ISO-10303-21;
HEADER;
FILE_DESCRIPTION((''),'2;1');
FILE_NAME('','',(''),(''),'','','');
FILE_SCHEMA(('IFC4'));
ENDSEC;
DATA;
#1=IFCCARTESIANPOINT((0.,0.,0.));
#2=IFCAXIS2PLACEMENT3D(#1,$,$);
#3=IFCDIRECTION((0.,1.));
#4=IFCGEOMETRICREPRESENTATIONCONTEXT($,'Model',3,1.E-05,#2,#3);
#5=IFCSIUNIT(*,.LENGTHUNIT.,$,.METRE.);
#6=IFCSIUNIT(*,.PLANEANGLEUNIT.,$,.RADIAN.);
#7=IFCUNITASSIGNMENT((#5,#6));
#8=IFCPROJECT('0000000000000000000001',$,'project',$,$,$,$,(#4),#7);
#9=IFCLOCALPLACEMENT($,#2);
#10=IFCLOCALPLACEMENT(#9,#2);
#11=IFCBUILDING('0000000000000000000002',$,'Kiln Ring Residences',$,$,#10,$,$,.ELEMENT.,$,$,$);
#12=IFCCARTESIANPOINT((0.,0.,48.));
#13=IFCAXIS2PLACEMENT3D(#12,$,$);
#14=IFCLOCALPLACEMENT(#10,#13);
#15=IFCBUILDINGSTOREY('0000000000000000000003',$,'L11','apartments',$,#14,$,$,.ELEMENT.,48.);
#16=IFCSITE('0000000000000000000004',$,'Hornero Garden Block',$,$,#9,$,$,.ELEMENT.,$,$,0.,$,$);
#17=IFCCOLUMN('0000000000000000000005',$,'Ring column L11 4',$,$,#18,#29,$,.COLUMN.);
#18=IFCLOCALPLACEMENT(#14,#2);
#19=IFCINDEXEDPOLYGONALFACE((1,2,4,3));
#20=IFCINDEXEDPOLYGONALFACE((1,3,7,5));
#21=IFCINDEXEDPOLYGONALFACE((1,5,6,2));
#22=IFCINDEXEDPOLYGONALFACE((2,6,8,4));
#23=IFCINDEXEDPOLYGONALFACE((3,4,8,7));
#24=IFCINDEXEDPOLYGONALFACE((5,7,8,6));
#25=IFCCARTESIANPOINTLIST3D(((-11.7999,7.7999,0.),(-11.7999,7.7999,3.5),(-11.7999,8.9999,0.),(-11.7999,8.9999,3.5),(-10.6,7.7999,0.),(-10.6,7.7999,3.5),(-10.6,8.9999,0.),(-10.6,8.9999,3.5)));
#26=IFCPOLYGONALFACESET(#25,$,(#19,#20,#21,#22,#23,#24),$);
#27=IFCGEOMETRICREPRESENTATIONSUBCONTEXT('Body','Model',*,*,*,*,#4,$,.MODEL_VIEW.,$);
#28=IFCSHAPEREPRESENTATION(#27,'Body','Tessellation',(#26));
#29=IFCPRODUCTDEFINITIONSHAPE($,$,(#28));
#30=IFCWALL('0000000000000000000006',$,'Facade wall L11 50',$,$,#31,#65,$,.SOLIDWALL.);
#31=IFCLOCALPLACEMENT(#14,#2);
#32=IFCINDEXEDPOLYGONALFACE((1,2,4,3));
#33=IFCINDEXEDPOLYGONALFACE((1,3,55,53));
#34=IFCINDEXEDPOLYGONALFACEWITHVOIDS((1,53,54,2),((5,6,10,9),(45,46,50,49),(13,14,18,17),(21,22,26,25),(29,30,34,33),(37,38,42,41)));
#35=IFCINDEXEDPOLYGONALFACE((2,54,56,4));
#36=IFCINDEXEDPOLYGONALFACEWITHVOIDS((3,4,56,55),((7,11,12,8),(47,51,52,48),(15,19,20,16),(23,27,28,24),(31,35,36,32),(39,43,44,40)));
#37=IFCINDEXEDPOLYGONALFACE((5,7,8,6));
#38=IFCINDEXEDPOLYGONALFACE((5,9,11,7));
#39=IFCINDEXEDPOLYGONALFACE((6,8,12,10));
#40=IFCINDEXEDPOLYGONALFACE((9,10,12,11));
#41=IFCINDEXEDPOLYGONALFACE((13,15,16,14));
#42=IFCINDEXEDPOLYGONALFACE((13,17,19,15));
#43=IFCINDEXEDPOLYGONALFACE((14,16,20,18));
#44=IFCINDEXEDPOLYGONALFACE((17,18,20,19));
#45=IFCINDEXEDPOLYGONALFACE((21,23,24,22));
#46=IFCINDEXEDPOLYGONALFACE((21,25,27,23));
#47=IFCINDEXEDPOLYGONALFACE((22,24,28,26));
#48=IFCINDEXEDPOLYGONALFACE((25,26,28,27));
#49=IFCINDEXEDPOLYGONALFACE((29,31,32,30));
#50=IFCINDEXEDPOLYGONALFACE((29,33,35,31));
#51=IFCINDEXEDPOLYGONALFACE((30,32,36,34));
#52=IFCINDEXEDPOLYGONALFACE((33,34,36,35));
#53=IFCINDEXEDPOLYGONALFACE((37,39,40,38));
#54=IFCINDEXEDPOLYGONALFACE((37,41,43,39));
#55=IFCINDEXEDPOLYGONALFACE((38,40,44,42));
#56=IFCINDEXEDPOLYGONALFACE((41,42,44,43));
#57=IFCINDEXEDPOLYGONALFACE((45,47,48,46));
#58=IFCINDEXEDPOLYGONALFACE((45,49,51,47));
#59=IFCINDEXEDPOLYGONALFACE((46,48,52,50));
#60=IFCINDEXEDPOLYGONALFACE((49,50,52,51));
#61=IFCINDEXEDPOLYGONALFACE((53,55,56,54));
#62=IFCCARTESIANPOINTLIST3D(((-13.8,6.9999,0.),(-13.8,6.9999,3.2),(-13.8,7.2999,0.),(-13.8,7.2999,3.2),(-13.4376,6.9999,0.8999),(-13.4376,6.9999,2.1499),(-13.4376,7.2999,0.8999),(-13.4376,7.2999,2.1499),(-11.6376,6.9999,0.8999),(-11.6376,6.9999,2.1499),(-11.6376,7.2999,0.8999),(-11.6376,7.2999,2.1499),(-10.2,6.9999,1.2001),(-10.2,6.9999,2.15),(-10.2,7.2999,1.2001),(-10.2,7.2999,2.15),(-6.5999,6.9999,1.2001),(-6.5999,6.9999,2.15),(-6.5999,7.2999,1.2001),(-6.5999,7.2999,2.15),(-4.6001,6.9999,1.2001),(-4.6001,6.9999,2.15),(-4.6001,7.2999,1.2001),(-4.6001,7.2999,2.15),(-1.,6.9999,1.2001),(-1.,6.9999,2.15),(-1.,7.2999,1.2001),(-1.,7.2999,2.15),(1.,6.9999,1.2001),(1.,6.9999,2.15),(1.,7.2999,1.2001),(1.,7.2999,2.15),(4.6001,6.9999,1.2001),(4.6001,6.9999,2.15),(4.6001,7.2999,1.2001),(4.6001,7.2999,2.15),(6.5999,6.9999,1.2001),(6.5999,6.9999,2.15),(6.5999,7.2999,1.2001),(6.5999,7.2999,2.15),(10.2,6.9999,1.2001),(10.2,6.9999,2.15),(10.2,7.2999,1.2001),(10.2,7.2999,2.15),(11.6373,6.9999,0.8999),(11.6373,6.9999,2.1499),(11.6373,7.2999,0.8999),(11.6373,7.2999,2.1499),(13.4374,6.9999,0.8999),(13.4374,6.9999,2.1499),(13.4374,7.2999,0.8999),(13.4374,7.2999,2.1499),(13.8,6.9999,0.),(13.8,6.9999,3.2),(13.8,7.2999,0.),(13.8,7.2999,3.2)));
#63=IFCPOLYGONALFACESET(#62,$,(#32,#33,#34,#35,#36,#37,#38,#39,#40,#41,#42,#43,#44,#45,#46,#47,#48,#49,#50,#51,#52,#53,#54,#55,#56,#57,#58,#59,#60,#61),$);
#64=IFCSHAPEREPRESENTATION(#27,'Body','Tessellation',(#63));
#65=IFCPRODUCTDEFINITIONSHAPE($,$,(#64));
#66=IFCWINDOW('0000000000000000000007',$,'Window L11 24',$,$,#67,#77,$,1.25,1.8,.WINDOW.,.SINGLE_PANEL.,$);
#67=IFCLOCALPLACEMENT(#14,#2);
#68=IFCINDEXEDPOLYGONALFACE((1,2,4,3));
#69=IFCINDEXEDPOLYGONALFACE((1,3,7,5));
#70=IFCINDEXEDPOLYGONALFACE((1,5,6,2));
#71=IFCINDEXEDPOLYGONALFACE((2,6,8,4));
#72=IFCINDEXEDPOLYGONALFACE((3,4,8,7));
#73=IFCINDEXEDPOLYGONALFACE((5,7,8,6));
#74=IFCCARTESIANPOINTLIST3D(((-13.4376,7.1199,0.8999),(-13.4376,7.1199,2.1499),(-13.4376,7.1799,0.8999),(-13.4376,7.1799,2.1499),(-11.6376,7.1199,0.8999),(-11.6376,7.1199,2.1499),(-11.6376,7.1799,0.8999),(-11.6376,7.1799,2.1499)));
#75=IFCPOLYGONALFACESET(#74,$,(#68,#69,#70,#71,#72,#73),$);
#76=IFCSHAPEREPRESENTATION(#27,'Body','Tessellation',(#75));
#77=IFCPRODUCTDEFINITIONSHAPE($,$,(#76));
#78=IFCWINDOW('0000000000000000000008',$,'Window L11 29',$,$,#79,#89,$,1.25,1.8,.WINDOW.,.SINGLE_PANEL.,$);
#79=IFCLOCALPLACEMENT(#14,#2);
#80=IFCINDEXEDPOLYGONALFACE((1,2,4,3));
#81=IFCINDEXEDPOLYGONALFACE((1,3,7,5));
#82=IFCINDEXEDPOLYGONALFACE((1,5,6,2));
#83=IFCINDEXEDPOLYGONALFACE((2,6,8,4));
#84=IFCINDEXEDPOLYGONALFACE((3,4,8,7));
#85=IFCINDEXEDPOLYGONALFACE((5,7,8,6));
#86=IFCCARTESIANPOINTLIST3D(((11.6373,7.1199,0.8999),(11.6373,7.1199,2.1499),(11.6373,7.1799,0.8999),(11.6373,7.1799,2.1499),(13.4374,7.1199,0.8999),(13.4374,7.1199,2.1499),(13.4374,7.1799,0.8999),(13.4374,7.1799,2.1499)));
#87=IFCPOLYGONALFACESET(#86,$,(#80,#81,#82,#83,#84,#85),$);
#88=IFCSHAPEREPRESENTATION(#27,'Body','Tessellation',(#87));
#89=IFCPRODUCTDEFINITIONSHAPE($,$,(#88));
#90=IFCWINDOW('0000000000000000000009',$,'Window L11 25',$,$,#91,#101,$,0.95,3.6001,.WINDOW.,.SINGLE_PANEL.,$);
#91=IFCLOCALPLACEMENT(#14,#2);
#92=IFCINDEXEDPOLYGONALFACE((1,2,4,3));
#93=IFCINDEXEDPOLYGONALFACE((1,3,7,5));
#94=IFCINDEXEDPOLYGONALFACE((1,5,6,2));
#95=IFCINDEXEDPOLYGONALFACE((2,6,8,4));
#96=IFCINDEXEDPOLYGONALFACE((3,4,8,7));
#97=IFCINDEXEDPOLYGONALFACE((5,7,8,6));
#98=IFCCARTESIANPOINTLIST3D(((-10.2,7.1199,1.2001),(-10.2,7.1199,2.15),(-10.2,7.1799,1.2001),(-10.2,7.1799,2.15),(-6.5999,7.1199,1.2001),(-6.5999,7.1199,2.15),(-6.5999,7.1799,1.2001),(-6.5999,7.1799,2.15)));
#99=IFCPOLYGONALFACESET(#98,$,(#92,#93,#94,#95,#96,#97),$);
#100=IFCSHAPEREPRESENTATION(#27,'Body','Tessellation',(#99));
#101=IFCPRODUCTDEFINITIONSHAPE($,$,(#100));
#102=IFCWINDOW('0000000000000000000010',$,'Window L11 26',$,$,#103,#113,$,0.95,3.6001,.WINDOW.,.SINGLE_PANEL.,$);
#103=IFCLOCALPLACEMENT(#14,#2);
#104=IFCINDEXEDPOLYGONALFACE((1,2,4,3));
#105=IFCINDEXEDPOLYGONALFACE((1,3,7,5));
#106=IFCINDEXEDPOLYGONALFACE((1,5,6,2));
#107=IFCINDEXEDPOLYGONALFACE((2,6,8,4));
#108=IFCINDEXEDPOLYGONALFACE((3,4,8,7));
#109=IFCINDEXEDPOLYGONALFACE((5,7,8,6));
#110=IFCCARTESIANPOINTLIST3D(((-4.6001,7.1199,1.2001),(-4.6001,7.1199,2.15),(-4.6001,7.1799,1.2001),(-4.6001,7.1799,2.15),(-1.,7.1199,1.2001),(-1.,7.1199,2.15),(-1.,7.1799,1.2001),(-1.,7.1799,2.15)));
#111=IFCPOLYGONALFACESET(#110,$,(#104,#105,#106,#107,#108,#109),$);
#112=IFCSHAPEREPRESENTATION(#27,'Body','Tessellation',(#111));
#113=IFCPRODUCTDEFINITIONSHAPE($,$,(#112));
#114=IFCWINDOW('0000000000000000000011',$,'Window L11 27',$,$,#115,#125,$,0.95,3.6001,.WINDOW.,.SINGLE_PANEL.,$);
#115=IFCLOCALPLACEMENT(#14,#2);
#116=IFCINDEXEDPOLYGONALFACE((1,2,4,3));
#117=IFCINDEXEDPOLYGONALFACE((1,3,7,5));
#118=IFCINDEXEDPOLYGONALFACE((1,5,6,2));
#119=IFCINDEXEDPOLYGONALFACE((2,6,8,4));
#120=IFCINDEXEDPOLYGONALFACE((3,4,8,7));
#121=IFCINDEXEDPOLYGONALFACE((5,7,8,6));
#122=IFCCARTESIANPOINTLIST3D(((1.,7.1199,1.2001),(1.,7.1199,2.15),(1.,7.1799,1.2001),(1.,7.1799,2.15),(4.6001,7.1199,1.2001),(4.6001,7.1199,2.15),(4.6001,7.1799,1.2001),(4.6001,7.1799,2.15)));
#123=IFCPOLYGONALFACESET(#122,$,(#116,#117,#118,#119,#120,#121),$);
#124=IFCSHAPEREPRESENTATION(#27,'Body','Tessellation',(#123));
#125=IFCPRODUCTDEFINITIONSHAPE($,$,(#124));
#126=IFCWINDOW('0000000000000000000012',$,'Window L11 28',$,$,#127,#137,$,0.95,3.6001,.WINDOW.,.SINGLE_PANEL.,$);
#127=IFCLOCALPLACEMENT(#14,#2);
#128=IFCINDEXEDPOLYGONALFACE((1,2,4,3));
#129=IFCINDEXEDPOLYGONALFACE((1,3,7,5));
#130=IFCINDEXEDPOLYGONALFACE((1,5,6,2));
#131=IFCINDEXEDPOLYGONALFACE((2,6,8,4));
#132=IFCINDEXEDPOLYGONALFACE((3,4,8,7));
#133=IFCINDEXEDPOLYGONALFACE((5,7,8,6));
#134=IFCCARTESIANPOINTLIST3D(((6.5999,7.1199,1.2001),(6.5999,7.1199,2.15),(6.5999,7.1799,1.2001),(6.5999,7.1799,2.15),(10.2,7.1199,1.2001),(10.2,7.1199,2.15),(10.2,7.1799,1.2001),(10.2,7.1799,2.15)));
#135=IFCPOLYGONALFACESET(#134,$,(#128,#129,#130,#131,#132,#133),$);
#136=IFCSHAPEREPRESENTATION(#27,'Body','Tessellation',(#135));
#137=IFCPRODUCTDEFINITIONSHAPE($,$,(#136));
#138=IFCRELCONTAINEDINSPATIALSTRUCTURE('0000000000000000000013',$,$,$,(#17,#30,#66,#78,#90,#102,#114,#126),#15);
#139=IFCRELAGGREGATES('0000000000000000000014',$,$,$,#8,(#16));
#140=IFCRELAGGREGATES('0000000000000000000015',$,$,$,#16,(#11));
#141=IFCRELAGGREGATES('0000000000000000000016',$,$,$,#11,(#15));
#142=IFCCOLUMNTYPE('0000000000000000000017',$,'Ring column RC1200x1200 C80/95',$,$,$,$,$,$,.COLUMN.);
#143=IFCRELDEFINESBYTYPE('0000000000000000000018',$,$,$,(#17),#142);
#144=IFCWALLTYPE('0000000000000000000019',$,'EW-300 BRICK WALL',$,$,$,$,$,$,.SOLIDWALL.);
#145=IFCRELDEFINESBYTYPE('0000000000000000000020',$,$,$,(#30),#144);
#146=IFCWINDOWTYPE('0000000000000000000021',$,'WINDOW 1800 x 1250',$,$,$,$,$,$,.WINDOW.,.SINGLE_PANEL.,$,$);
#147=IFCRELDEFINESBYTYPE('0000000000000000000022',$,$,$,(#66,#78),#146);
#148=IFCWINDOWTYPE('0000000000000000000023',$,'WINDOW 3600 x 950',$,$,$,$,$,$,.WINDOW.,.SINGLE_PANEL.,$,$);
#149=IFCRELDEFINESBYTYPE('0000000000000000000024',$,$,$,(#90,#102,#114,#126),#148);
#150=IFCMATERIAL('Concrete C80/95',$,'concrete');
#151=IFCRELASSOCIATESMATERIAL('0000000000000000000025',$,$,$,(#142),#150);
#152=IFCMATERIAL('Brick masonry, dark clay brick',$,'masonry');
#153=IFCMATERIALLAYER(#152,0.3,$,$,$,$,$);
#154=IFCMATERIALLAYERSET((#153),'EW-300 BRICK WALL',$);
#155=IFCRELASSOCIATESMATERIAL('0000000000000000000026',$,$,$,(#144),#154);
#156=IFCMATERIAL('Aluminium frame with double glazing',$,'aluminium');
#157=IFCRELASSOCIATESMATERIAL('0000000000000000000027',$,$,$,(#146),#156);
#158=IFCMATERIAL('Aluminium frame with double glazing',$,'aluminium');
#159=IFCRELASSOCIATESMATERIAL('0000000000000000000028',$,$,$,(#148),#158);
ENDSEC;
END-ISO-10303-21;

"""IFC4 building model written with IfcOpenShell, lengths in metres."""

from ifc_helpers import new_model, si_unit, direction, frame, frame_2d, origin, origin_2d, place, context, subcontext, project, spatial, rectangle, extrude, material, layer, layer_set, material_profile, profile_set, type_object, element, fill, save


model = new_model("IFC4")

# Units and contexts
model_context = context("Model", 3, precision=1e-05, world=origin(), true_north=direction((0.0, 1.0)))
body_context = subcontext(model_context, "Body", "Model", "MODEL_VIEW")
ifc_project = project(units=[si_unit("LENGTHUNIT", "METRE"), si_unit("PLANEANGLEUNIT", "RADIAN")], contexts=[model_context])

# Site, building, storey
site_placement = place(None, origin())
site = spatial("IfcSite", under=ifc_project, at=site_placement, Name="Hornero Garden Block", CompositionType="ELEMENT", RefElevation=0.0)
building_placement = place(site_placement, origin())
building = spatial("IfcBuilding", under=site, at=building_placement, Name="Kiln Ring Residences", CompositionType="ELEMENT")
storey_placement = place(building_placement, frame((0.0, 0.0, 48.0)))
storey = spatial("IfcBuildingStorey", under=building, at=storey_placement, Name="L11", Description="apartments", CompositionType="ELEMENT", Elevation=48.0)

# Column
ifc_material_1 = material(Name="Concrete C80/95", Category="concrete")
ifc_material_profile = material_profile(ifc_material_1, rectangle(XDim=1.2, YDim=1.2, at=origin_2d()), Name="RC1200x1200")
ifc_profile_set = profile_set([ifc_material_profile], Name="Concrete C80/95")
column_type = type_object("IfcColumnType", Name="Ring column RC1200x1200 C80/95", PredefinedType="COLUMN", material=ifc_profile_set)
column_placement = place(storey_placement, frame((-11.2, 8.3999, 0.0), z_axis=(0.0, 0.0, 1.0), x_axis=(1.0, 0.0, 0.0)))
element("IfcColumn", 1, at=column_placement, inside=storey, type_object=column_type, Name="Ring column L11 4", PredefinedType="COLUMN", context=body_context, shape_type="SweptSolid", body=[
    extrude(rectangle(XDim=1.2, YDim=1.2, at=origin_2d()), origin(), (0.0, 0.0, 1.0), 3.5),
])

# Wall, openings, windows
ifc_material_2 = material(Name="Brick masonry, dark clay brick", Category="masonry")
ifc_layer_1 = layer(ifc_material_2, 0.3)
ifc_layer_set_1 = layer_set([ifc_layer_1], Name="EW-300 BRICK WALL")
wall_type_1 = type_object("IfcWallType", Name="EW-300 BRICK WALL", PredefinedType="SOLIDWALL", material=ifc_layer_set_1)
wall_1_placement = place(storey_placement, frame((-13.8, 7.1499, 0.0), z_axis=(0.0, 0.0, 1.0), x_axis=(1.0, 0.0, 0.0)))
wall_1 = element("IfcWall", 2, at=wall_1_placement, inside=storey, type_object=wall_type_1, Name="Facade wall L11 50", PredefinedType="SOLIDWALL", context=body_context, shape_type="SweptSolid", body=[
    extrude(rectangle(XDim=27.6001, YDim=0.3, at=frame_2d((13.8, 0.0))), origin(), (0.0, 0.0, 1.0), 3.2),
])
opening_1_placement = place(wall_1_placement, frame((0.3625, 0.0, 0.8999)))
opening_1 = element("IfcOpeningElement", 3, at=opening_1_placement, cuts=wall_1, PredefinedType="OPENING", context=body_context, shape_type="SweptSolid", body=[
    extrude(rectangle(XDim=1.8, YDim=1.25, at=frame_2d((0.8999, 0.625))), frame((0.0, 0.1599, 0.0), z_axis=(0.0, -1.0, 0.0), x_axis=(1.0, 0.0, 0.0)), (0.0, 0.0, 1.0), 0.3201),
])
opening_2_placement = place(wall_1_placement, frame((3.6001, 0.0, 1.2)))
opening_2 = element("IfcOpeningElement", 4, at=opening_2_placement, cuts=wall_1, PredefinedType="OPENING", context=body_context, shape_type="SweptSolid", body=[
    extrude(rectangle(XDim=3.6001, YDim=0.95, at=frame_2d((1.8, 0.4751))), frame((0.0, 0.1599, 0.0), z_axis=(0.0, -1.0, 0.0), x_axis=(1.0, 0.0, 0.0)), (0.0, 0.0, 1.0), 0.3201),
])
opening_3_placement = place(wall_1_placement, frame((9.2, 0.0, 1.2)))
opening_3 = element("IfcOpeningElement", 5, at=opening_3_placement, cuts=wall_1, PredefinedType="OPENING", context=body_context, shape_type="SweptSolid", body=[
    extrude(rectangle(XDim=3.6001, YDim=0.95, at=frame_2d((1.8, 0.4751))), frame((0.0, 0.1599, 0.0), z_axis=(0.0, -1.0, 0.0), x_axis=(1.0, 0.0, 0.0)), (0.0, 0.0, 1.0), 0.3201),
])
opening_4_placement = place(wall_1_placement, frame((14.8, 0.0, 1.2)))
opening_4 = element("IfcOpeningElement", 6, at=opening_4_placement, cuts=wall_1, PredefinedType="OPENING", context=body_context, shape_type="SweptSolid", body=[
    extrude(rectangle(XDim=3.6001, YDim=0.95, at=frame_2d((1.8, 0.4751))), frame((0.0, 0.1599, 0.0), z_axis=(0.0, -1.0, 0.0), x_axis=(1.0, 0.0, 0.0)), (0.0, 0.0, 1.0), 0.3201),
])
opening_5_placement = place(wall_1_placement, frame((20.3999, 0.0, 1.2)))
opening_5 = element("IfcOpeningElement", 7, at=opening_5_placement, cuts=wall_1, PredefinedType="OPENING", context=body_context, shape_type="SweptSolid", body=[
    extrude(rectangle(XDim=3.6001, YDim=0.95, at=frame_2d((1.8, 0.4751))), frame((0.0, 0.1599, 0.0), z_axis=(0.0, -1.0, 0.0), x_axis=(1.0, 0.0, 0.0)), (0.0, 0.0, 1.0), 0.3201),
])
opening_6_placement = place(wall_1_placement, frame((25.4375, 0.0, 0.8999)))
opening_6 = element("IfcOpeningElement", 8, at=opening_6_placement, cuts=wall_1, PredefinedType="OPENING", context=body_context, shape_type="SweptSolid", body=[
    extrude(rectangle(XDim=1.8, YDim=1.25, at=frame_2d((0.8999, 0.625))), frame((0.0, 0.1599, 0.0), z_axis=(0.0, -1.0, 0.0), x_axis=(1.0, 0.0, 0.0)), (0.0, 0.0, 1.0), 0.3201),
])
ifc_material_3 = material(Name="Aluminium frame with double glazing", Category="aluminium")
window_type_1 = type_object("IfcWindowType", Name="WINDOW 1800 x 1250", PartitioningType="SINGLE_PANEL", PredefinedType="WINDOW", material=ifc_material_3)
window_1_placement = place(opening_1_placement, origin())
window_1 = element("IfcWindow", 9, at=window_1_placement, inside=storey, type_object=window_type_1, Name="Window L11 24", OverallHeight=1.25, OverallWidth=1.8, PartitioningType="SINGLE_PANEL", PredefinedType="WINDOW", context=body_context, shape_type="SweptSolid", body=[
    extrude(rectangle(XDim=1.8, YDim=1.25, at=frame_2d((0.8999, 0.625))), frame((0.0, 0.03, 0.0), z_axis=(0.0, -1.0, 0.0), x_axis=(1.0, 0.0, 0.0)), (0.0, 0.0, 1.0), 0.0601),
])
fill(opening_1, window_1)
window_2_placement = place(opening_6_placement, origin())
window_2 = element("IfcWindow", 10, at=window_2_placement, inside=storey, type_object=window_type_1, Name="Window L11 29", OverallHeight=1.25, OverallWidth=1.8, PartitioningType="SINGLE_PANEL", PredefinedType="WINDOW", context=body_context, shape_type="SweptSolid", body=[
    extrude(rectangle(XDim=1.8, YDim=1.25, at=frame_2d((0.8999, 0.625))), frame((0.0, 0.03, 0.0), z_axis=(0.0, -1.0, 0.0), x_axis=(1.0, 0.0, 0.0)), (0.0, 0.0, 1.0), 0.0601),
])
fill(opening_6, window_2)
ifc_material_4 = material(Name="Aluminium frame with double glazing", Category="aluminium")
window_type_2 = type_object("IfcWindowType", Name="WINDOW 3600 x 950", PartitioningType="SINGLE_PANEL", PredefinedType="WINDOW", material=ifc_material_4)
window_3_placement = place(opening_2_placement, origin())
window_3 = element("IfcWindow", 11, at=window_3_placement, inside=storey, type_object=window_type_2, Name="Window L11 25", OverallHeight=0.95, OverallWidth=3.6001, PartitioningType="SINGLE_PANEL", PredefinedType="WINDOW", context=body_context, shape_type="SweptSolid", body=[
    extrude(rectangle(XDim=3.6001, YDim=0.95, at=frame_2d((1.8, 0.4751))), frame((0.0, 0.03, 0.0), z_axis=(0.0, -1.0, 0.0), x_axis=(1.0, 0.0, 0.0)), (0.0, 0.0, 1.0), 0.0601),
])
fill(opening_2, window_3)
window_4_placement = place(opening_3_placement, origin())
window_4 = element("IfcWindow", 12, at=window_4_placement, inside=storey, type_object=window_type_2, Name="Window L11 26", OverallHeight=0.95, OverallWidth=3.6001, PartitioningType="SINGLE_PANEL", PredefinedType="WINDOW", context=body_context, shape_type="SweptSolid", body=[
    extrude(rectangle(XDim=3.6001, YDim=0.95, at=frame_2d((1.8, 0.4751))), frame((0.0, 0.03, 0.0), z_axis=(0.0, -1.0, 0.0), x_axis=(1.0, 0.0, 0.0)), (0.0, 0.0, 1.0), 0.0601),
])
fill(opening_3, window_4)
window_5_placement = place(opening_4_placement, origin())
window_5 = element("IfcWindow", 13, at=window_5_placement, inside=storey, type_object=window_type_2, Name="Window L11 27", OverallHeight=0.95, OverallWidth=3.6001, PartitioningType="SINGLE_PANEL", PredefinedType="WINDOW", context=body_context, shape_type="SweptSolid", body=[
    extrude(rectangle(XDim=3.6001, YDim=0.95, at=frame_2d((1.8, 0.4751))), frame((0.0, 0.03, 0.0), z_axis=(0.0, -1.0, 0.0), x_axis=(1.0, 0.0, 0.0)), (0.0, 0.0, 1.0), 0.0601),
])
fill(opening_4, window_5)
window_6_placement = place(opening_5_placement, origin())
window_6 = element("IfcWindow", 14, at=window_6_placement, inside=storey, type_object=window_type_2, Name="Window L11 28", OverallHeight=0.95, OverallWidth=3.6001, PartitioningType="SINGLE_PANEL", PredefinedType="WINDOW", context=body_context, shape_type="SweptSolid", body=[
    extrude(rectangle(XDim=3.6001, YDim=0.95, at=frame_2d((1.8, 0.4751))), frame((0.0, 0.03, 0.0), z_axis=(0.0, -1.0, 0.0), x_axis=(1.0, 0.0, 0.0)), (0.0, 0.0, 1.0), 0.0601),
])
fill(opening_5, window_6)

save(model, "model.ifc")
